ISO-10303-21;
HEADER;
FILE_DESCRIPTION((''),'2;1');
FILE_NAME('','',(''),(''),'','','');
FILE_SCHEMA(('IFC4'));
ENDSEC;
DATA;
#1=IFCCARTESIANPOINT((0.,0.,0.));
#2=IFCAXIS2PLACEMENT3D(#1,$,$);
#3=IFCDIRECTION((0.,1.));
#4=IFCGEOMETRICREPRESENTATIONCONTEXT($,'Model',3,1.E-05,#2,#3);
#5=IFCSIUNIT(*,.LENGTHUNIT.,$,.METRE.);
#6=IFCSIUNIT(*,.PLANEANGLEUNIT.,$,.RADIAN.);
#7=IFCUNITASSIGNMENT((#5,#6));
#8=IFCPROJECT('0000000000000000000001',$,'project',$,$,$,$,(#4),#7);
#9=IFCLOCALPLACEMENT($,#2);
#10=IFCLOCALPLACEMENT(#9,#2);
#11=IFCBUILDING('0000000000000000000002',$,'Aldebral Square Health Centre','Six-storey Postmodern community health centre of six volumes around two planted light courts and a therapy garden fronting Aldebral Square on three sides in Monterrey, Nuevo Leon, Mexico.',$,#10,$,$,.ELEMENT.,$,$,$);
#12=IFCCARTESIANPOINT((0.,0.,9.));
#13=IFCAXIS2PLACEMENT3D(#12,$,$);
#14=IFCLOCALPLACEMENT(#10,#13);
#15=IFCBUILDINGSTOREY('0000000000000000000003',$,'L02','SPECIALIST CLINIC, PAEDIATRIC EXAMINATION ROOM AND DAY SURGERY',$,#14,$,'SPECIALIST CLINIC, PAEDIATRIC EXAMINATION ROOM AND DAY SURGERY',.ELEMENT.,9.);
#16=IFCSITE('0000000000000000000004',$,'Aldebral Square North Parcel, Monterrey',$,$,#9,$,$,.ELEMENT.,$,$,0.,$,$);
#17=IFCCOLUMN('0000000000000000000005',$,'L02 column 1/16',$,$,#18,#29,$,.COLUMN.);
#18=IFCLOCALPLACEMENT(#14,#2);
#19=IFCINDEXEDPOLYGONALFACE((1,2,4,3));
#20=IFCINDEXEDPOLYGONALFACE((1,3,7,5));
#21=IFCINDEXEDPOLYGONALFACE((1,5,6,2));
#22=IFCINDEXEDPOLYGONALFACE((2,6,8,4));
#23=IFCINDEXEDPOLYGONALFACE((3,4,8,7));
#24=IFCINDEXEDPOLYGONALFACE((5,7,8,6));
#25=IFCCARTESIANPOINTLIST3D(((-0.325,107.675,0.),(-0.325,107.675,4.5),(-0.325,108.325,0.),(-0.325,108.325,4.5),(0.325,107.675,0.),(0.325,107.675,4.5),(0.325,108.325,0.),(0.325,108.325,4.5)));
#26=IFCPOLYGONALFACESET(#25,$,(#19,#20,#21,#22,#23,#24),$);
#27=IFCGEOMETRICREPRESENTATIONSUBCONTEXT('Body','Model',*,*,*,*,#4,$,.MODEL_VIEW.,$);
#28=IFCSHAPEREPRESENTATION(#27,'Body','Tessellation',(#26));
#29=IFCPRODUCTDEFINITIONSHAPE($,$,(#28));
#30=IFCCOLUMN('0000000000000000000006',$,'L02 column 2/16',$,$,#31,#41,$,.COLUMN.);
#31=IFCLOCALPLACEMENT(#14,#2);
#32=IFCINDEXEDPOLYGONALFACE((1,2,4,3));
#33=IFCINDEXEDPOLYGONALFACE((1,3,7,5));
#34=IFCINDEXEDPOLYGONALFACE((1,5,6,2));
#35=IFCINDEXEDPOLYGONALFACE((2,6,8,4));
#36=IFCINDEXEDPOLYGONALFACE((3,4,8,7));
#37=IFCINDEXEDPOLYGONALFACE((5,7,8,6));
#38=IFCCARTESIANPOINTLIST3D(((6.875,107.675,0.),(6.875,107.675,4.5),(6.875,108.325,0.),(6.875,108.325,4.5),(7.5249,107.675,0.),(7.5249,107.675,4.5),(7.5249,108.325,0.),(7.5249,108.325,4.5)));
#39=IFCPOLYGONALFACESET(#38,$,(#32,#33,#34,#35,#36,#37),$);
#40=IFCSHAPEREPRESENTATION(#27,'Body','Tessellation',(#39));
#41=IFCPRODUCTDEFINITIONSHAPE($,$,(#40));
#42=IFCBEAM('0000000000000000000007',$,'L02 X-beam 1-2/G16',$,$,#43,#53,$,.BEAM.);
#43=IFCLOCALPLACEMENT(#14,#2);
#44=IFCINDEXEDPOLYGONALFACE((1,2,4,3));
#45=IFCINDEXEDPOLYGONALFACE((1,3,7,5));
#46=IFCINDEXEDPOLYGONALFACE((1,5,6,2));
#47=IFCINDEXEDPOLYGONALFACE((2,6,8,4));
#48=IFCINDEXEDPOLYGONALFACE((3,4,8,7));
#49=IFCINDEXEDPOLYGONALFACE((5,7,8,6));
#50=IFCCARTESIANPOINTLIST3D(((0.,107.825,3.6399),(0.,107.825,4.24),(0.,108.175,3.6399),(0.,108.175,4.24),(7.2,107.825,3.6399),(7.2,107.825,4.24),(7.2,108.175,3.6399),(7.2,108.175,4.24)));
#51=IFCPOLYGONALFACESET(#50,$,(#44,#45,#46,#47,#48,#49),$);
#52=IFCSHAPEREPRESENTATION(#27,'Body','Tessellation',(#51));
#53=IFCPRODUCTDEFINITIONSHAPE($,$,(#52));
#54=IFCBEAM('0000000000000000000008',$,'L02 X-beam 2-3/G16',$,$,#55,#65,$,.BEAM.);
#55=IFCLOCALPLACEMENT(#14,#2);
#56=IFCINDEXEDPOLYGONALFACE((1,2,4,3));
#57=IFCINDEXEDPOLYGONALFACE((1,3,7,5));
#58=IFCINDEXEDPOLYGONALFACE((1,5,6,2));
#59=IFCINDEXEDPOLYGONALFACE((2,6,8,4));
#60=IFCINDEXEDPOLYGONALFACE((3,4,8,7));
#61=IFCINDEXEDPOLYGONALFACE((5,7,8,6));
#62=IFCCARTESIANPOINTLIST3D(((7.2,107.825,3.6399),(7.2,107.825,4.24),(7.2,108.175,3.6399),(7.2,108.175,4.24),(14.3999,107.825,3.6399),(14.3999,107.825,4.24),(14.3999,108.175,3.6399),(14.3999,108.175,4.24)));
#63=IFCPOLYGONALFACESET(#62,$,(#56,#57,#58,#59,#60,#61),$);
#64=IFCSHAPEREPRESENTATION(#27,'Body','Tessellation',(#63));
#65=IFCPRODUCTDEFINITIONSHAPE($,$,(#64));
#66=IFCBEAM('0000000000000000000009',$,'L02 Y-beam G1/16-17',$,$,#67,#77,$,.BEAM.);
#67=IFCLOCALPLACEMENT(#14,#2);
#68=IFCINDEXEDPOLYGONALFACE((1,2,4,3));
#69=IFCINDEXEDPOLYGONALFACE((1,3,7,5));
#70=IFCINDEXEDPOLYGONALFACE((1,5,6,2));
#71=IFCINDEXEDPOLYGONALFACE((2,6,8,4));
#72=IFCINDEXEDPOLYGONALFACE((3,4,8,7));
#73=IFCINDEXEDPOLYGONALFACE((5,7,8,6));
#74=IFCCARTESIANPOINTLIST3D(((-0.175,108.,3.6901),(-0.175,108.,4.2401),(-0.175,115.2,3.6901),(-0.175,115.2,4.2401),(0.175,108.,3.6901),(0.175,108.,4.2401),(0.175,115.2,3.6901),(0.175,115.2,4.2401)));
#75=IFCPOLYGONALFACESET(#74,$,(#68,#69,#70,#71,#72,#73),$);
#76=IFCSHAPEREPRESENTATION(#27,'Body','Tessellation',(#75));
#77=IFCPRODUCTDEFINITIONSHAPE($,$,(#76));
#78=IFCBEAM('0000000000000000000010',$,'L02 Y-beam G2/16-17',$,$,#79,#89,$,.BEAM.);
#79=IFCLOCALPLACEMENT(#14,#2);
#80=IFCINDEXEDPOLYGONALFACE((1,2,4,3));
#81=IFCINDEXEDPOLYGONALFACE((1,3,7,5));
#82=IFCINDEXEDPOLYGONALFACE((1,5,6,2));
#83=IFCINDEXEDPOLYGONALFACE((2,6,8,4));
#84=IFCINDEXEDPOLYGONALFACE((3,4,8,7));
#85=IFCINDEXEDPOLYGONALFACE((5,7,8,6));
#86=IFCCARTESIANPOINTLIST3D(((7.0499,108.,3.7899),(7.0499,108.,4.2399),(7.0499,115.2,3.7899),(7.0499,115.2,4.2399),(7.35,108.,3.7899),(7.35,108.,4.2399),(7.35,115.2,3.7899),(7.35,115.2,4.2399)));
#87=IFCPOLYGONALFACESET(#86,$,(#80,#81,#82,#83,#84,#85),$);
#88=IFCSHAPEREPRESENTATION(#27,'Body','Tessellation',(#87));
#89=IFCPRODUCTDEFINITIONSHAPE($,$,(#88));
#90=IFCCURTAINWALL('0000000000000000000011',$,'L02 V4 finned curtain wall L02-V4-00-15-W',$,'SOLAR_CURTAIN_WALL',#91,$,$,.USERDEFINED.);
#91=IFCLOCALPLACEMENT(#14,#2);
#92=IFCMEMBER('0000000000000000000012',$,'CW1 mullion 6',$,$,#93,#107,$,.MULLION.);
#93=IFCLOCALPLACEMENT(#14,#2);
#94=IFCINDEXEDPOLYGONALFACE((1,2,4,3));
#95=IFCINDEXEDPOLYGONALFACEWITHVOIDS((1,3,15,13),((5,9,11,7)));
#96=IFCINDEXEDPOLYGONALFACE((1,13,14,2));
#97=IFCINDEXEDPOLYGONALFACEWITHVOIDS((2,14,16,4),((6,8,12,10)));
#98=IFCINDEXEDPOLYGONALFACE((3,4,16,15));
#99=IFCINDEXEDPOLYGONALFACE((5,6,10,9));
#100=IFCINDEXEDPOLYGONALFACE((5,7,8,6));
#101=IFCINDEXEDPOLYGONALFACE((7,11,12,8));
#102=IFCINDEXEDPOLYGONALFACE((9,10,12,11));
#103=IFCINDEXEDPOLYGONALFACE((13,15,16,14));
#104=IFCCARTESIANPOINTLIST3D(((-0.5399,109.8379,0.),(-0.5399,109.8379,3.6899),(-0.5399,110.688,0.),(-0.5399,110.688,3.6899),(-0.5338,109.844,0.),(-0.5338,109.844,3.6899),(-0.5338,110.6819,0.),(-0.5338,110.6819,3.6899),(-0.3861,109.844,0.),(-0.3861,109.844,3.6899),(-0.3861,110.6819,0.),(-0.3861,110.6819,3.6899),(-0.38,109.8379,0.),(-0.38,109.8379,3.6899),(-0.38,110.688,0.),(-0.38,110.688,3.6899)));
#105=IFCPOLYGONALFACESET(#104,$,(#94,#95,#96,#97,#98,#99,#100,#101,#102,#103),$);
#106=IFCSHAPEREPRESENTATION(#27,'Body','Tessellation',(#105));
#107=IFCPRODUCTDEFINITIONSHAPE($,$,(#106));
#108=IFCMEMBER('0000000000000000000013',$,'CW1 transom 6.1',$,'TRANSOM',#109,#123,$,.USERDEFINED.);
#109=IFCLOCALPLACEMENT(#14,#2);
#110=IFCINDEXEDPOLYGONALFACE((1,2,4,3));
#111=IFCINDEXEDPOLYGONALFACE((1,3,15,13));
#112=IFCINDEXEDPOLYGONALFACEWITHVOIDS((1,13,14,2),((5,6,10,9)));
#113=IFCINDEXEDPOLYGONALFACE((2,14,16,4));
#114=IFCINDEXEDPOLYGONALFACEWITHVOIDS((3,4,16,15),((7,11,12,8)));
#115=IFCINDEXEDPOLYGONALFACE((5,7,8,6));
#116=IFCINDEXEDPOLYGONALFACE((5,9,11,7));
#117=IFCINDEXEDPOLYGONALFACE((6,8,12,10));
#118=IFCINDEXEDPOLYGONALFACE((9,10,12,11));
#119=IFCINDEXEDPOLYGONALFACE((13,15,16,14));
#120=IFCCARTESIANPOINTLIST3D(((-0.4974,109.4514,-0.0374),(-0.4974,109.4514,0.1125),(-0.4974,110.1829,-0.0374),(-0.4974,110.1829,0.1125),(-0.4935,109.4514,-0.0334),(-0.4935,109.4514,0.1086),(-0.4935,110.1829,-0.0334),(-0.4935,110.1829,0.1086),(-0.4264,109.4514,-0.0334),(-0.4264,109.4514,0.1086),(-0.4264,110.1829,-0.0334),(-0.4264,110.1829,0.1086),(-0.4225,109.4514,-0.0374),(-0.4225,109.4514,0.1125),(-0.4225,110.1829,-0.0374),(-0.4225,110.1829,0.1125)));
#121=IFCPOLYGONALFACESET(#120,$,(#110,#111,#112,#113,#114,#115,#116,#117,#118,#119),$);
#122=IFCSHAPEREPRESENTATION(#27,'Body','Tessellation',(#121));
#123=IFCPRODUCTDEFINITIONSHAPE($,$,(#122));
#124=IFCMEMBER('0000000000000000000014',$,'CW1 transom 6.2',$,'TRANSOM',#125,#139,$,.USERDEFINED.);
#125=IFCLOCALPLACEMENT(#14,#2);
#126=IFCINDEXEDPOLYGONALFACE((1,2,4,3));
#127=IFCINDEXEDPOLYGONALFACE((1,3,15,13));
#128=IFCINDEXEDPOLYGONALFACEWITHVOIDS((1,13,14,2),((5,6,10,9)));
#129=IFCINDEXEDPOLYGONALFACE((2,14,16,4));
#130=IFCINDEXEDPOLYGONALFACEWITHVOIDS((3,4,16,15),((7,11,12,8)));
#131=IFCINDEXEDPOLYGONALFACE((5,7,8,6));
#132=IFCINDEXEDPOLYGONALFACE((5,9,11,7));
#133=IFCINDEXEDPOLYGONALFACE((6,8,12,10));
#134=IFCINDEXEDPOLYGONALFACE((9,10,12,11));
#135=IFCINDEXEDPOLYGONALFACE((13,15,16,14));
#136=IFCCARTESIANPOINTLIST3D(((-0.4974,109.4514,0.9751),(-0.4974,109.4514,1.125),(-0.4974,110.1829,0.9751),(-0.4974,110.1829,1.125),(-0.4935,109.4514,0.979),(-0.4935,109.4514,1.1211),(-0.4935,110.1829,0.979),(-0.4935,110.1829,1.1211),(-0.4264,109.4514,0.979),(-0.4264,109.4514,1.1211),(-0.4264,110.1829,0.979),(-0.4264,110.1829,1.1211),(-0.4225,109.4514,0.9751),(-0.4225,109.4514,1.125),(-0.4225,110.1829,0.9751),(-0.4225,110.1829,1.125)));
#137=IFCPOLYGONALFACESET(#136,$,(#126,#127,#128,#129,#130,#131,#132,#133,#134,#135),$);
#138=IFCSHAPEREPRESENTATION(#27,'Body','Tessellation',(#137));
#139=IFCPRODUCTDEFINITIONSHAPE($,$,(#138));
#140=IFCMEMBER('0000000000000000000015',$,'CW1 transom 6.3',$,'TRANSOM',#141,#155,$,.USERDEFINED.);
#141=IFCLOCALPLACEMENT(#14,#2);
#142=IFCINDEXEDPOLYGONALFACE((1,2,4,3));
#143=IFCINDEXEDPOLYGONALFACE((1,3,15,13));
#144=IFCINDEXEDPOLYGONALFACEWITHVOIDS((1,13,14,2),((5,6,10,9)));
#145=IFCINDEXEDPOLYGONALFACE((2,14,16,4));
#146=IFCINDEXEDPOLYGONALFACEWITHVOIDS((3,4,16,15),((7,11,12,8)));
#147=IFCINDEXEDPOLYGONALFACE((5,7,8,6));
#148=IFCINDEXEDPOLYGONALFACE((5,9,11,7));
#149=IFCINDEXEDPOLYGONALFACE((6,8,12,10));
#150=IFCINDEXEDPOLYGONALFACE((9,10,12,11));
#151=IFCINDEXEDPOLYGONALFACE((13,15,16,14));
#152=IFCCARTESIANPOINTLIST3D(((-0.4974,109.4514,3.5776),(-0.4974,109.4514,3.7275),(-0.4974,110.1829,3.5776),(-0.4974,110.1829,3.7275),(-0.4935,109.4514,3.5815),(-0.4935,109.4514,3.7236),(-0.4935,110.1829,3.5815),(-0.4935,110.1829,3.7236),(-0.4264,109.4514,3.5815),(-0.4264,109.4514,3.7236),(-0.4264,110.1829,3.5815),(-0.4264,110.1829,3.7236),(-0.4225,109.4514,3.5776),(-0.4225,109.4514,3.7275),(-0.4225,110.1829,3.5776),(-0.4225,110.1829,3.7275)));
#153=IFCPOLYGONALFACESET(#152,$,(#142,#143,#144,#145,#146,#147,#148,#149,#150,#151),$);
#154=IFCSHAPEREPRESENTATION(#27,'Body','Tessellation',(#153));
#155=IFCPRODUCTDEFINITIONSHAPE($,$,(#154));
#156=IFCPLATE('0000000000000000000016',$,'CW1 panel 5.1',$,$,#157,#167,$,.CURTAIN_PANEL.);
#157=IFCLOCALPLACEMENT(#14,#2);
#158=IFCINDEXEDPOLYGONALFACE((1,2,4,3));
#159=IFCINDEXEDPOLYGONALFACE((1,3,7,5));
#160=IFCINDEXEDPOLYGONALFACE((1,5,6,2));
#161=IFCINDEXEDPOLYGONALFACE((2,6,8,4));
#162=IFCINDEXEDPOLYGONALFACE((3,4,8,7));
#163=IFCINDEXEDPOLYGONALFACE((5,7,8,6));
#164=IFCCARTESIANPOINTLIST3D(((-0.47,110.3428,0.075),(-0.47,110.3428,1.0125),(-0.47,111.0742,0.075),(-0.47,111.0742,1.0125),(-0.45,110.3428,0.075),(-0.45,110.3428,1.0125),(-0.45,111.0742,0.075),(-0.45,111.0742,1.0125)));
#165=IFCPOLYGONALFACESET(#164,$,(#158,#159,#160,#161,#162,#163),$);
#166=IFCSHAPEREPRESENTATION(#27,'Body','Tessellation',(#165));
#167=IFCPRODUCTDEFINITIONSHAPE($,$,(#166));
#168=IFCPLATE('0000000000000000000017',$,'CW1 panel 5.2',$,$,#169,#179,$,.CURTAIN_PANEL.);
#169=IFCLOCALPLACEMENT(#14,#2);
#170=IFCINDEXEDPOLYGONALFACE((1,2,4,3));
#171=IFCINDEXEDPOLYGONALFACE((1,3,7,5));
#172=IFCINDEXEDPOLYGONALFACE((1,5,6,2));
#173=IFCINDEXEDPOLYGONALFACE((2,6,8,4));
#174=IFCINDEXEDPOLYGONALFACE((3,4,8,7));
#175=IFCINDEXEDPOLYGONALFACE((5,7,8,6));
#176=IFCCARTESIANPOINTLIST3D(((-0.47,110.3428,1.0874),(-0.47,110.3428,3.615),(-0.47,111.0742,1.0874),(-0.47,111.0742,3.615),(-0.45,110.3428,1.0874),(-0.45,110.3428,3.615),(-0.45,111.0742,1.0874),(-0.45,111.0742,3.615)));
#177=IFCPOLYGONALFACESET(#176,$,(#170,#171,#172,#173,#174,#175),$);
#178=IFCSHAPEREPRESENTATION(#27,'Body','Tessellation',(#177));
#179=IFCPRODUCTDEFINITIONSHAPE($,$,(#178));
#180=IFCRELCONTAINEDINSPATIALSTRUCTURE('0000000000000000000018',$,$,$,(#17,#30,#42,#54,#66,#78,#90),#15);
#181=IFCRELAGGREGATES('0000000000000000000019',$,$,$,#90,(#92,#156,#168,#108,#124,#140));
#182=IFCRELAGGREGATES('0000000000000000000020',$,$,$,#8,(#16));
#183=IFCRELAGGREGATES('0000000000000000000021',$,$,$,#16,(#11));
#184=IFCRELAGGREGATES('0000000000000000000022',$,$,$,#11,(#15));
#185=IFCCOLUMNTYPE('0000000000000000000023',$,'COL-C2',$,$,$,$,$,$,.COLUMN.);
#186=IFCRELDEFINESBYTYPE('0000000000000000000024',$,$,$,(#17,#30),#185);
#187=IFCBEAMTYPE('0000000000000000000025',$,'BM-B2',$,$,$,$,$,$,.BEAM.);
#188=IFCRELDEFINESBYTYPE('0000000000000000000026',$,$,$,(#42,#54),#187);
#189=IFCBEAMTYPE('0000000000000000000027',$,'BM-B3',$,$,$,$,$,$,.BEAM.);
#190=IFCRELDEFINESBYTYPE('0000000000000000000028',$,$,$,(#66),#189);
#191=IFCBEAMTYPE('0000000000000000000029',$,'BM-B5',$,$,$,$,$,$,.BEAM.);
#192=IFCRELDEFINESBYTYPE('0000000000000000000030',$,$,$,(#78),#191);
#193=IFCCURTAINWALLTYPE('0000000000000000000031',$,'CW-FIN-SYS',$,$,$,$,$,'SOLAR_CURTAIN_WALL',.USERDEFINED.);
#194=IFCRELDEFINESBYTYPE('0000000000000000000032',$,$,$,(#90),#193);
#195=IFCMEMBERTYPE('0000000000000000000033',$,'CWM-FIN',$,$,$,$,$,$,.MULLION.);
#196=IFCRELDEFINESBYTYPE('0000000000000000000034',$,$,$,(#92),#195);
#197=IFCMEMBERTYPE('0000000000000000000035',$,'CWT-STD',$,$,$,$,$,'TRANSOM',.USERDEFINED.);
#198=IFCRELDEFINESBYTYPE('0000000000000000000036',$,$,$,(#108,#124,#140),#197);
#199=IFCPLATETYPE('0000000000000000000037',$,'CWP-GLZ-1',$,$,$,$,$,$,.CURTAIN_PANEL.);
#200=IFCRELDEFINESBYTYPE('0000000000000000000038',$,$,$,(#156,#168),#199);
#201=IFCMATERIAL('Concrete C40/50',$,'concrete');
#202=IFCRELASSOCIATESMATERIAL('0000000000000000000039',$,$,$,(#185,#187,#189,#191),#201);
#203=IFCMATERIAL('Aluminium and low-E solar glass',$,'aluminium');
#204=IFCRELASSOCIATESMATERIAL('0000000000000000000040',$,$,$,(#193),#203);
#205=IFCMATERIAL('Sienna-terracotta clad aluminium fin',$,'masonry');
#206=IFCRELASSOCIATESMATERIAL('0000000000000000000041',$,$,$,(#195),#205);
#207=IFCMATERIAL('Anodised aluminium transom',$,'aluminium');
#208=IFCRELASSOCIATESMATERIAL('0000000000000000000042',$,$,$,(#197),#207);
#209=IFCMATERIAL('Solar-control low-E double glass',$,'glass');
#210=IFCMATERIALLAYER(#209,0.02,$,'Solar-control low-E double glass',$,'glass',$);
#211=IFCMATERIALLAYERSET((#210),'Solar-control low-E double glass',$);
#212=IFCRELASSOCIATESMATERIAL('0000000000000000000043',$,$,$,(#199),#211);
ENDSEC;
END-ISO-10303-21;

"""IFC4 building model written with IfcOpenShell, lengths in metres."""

from ifc_helpers import new_model, si_unit, direction, frame, origin, origin_2d, place, context, subcontext, project, spatial, rectangle, hollow_rectangle, extrude, material, layer, layer_set, material_profile, profile_set, type_object, element, aggregate, save


model = new_model("IFC4")

# Units and contexts
model_context = context("Model", 3, precision=1e-05, world=origin(), true_north=direction((0.0, 1.0)))
body_context = subcontext(model_context, "Body", "Model", "MODEL_VIEW")
ifc_project = project(units=[si_unit("LENGTHUNIT", "METRE"), si_unit("PLANEANGLEUNIT", "RADIAN")], contexts=[model_context])

# Site, building, storey
site_placement = place(None, origin())
site = spatial("IfcSite", under=ifc_project, at=site_placement, Name="Aldebral Square North Parcel, Monterrey", CompositionType="ELEMENT", RefElevation=0.0)
building_placement = place(site_placement, origin())
building = spatial("IfcBuilding", under=site, at=building_placement, Name="Aldebral Square Health Centre", Description="Six-storey Postmodern community health centre of six volumes around two planted light courts and a therapy garden fronting Aldebral Square on three sides in Monterrey, Nuevo Leon, Mexico.", CompositionType="ELEMENT")
storey_placement = place(building_placement, frame((0.0, 0.0, 9.0)))
storey = spatial("IfcBuildingStorey", under=building, at=storey_placement, Name="L02", Description="SPECIALIST CLINIC, PAEDIATRIC EXAMINATION ROOM AND DAY SURGERY", LongName="SPECIALIST CLINIC, PAEDIATRIC EXAMINATION ROOM AND DAY SURGERY", CompositionType="ELEMENT", Elevation=9.0)

# Columns
ifc_material_1 = material(Name="Concrete C40/50", Category="concrete")
ifc_material_profile_1 = material_profile(ifc_material_1, rectangle(XDim=0.6499, YDim=0.6499, at=origin_2d()), Name="RC 650x650")
ifc_profile_set_1 = profile_set([ifc_material_profile_1], Name="Concrete C40/50")
column_type = type_object("IfcColumnType", Name="COL-C2", PredefinedType="COLUMN", material=ifc_profile_set_1)
for number, where, z_axis, x_axis, name in (
    (1, (0.0, 108.0, 0.0), (0.0, 0.0, 1.0), (1.0, 0.0, 0.0), "L02 column 1/16"),
    (2, (7.2, 108.0, 0.0), (0.0, 0.0, 1.0), (1.0, 0.0, 0.0), "L02 column 2/16"),
):
    element("IfcColumn", number, at=place(storey_placement, frame(where, z_axis=z_axis, x_axis=x_axis)), inside=storey, type_object=column_type, Name=name, PredefinedType="COLUMN", context=body_context, shape_type="SweptSolid", body=[
        extrude(rectangle(XDim=0.6499, YDim=0.6499, at=origin_2d()), origin(), (0.0, 0.0, 1.0), 4.5),
    ])

# Beams
ifc_material_profile_2 = material_profile(ifc_material_1, rectangle(XDim=0.3501, YDim=0.6001, at=origin_2d()), Name="RC 350x600")
ifc_profile_set_2 = profile_set([ifc_material_profile_2], Name="Concrete C40/50")
beam_type_1 = type_object("IfcBeamType", Name="BM-B2", PredefinedType="BEAM", material=ifc_profile_set_2)
for number, where, z_axis, x_axis, name in (
    (3, (0.0, 108.0, 3.9399), (1.0, 0.0, 0.0), (0.0, 1.0, 0.0), "L02 X-beam 1-2/G16"),
    (4, (7.2, 108.0, 3.9399), (1.0, 0.0, 0.0), (0.0, 1.0, 0.0), "L02 X-beam 2-3/G16"),
):
    element("IfcBeam", number, at=place(storey_placement, frame(where, z_axis=z_axis, x_axis=x_axis)), inside=storey, type_object=beam_type_1, Name=name, PredefinedType="BEAM", context=body_context, shape_type="SweptSolid", body=[
        extrude(rectangle(XDim=0.3501, YDim=0.6001, at=origin_2d()), origin(), (0.0, 0.0, 1.0), 7.2),
    ])
ifc_material_profile_3 = material_profile(ifc_material_1, rectangle(XDim=0.3501, YDim=0.55, at=origin_2d()), Name="RC 350x550")
ifc_profile_set_3 = profile_set([ifc_material_profile_3], Name="Concrete C40/50")
beam_type_2 = type_object("IfcBeamType", Name="BM-B3", PredefinedType="BEAM", material=ifc_profile_set_3)
beam_1_placement = place(storey_placement, frame((0.0, 108.0, 3.9651), z_axis=(0.0, 1.0, 0.0), x_axis=(-1.0, 0.0, 0.0)))
element("IfcBeam", 5, at=beam_1_placement, inside=storey, type_object=beam_type_2, Name="L02 Y-beam G1/16-17", PredefinedType="BEAM", context=body_context, shape_type="SweptSolid", body=[
    extrude(rectangle(XDim=0.3501, YDim=0.55, at=origin_2d()), origin(), (0.0, 0.0, 1.0), 7.2),
])
ifc_material_profile_4 = material_profile(ifc_material_1, rectangle(XDim=0.3, YDim=0.45, at=origin_2d()), Name="RC 300x450")
ifc_profile_set_4 = profile_set([ifc_material_profile_4], Name="Concrete C40/50")
beam_type_3 = type_object("IfcBeamType", Name="BM-B5", PredefinedType="BEAM", material=ifc_profile_set_4)
beam_2_placement = place(storey_placement, frame((7.2, 108.0, 4.0149), z_axis=(0.0, 1.0, 0.0), x_axis=(-1.0, 0.0, 0.0)))
element("IfcBeam", 6, at=beam_2_placement, inside=storey, type_object=beam_type_3, Name="L02 Y-beam G2/16-17", PredefinedType="BEAM", context=body_context, shape_type="SweptSolid", body=[
    extrude(rectangle(XDim=0.3, YDim=0.45, at=origin_2d()), origin(), (0.0, 0.0, 1.0), 7.2),
])

# Curtain wall, members, plates
ifc_material_2 = material(Name="Aluminium and low-E solar glass", Category="aluminium")
curtain_wall_type = type_object("IfcCurtainWallType", Name="CW-FIN-SYS", ElementType="SOLAR_CURTAIN_WALL", PredefinedType="USERDEFINED", material=ifc_material_2)
curtain_wall_placement = place(storey_placement, origin())
curtain_wall = element("IfcCurtainWall", 7, at=curtain_wall_placement, inside=storey, type_object=curtain_wall_type, Name="L02 V4 finned curtain wall L02-V4-00-15-W", ObjectType="SOLAR_CURTAIN_WALL", PredefinedType="USERDEFINED")
ifc_material_3 = material(Name="Sienna-terracotta clad aluminium fin", Category="masonry")
ifc_material_profile_5 = material_profile(ifc_material_3, hollow_rectangle(XDim=0.1599, YDim=0.8501, WallThickness=0.0061, at=origin_2d()), Name="FIN 160x850x6")
ifc_profile_set_5 = profile_set([ifc_material_profile_5], Name="Sienna-terracotta clad aluminium fin")
member_type_1 = type_object("IfcMemberType", Name="CWM-FIN", PredefinedType="MULLION", material=ifc_profile_set_5)
member_1_placement = place(storey_placement, frame((-0.46, 110.2629, 0.0), z_axis=(0.0, 0.0, 1.0), x_axis=(1.0, 0.0, 0.0)))
member_1 = element("IfcMember", 8, at=member_1_placement, type_object=member_type_1, Name="CW1 mullion 6", PredefinedType="MULLION", context=body_context, shape_type="SweptSolid", body=[
    extrude(hollow_rectangle(XDim=0.1599, YDim=0.8501, WallThickness=0.0061, at=origin_2d()), origin(), (0.0, 0.0, 1.0), 3.6899),
])
ifc_material_4 = material(Name="Anodised aluminium transom", Category="aluminium")
ifc_material_profile_6 = material_profile(ifc_material_4, hollow_rectangle(XDim=0.075, YDim=0.1499, WallThickness=0.0039, at=origin_2d()), Name="CWT 75x150x4")
ifc_profile_set_6 = profile_set([ifc_material_profile_6], Name="Anodised aluminium transom")
member_type_2 = type_object("IfcMemberType", Name="CWT-STD", ElementType="TRANSOM", PredefinedType="USERDEFINED", material=ifc_profile_set_6)
member_2_placement = place(storey_placement, frame((-0.46, 110.1829, 0.0376), z_axis=(0.0, -1.0, 0.0), x_axis=(1.0, 0.0, 0.0)))
member_2 = element("IfcMember", 9, at=member_2_placement, type_object=member_type_2, Name="CW1 transom 6.1", ObjectType="TRANSOM", PredefinedType="USERDEFINED", context=body_context, shape_type="SweptSolid", body=[
    extrude(hollow_rectangle(XDim=0.075, YDim=0.1499, WallThickness=0.0039, at=origin_2d()), origin(), (0.0, 0.0, 1.0), 0.7314),
])
member_3_placement = place(storey_placement, frame((-0.46, 110.1829, 1.05), z_axis=(0.0, -1.0, 0.0), x_axis=(1.0, 0.0, 0.0)))
member_3 = element("IfcMember", 10, at=member_3_placement, type_object=member_type_2, Name="CW1 transom 6.2", ObjectType="TRANSOM", PredefinedType="USERDEFINED", context=body_context, shape_type="SweptSolid", body=[
    extrude(hollow_rectangle(XDim=0.075, YDim=0.1499, WallThickness=0.0039, at=origin_2d()), origin(), (0.0, 0.0, 1.0), 0.7314),
])
member_4_placement = place(storey_placement, frame((-0.46, 110.1829, 3.6526), z_axis=(0.0, -1.0, 0.0), x_axis=(1.0, 0.0, 0.0)))
member_4 = element("IfcMember", 11, at=member_4_placement, type_object=member_type_2, Name="CW1 transom 6.3", ObjectType="TRANSOM", PredefinedType="USERDEFINED", context=body_context, shape_type="SweptSolid", body=[
    extrude(hollow_rectangle(XDim=0.075, YDim=0.1499, WallThickness=0.0039, at=origin_2d()), origin(), (0.0, 0.0, 1.0), 0.7314),
])
ifc_material_5 = material(Name="Solar-control low-E double glass", Category="glass")
ifc_layer_1 = layer(ifc_material_5, 0.02, Name="Solar-control low-E double glass", Category="glass")
ifc_layer_set_1 = layer_set([ifc_layer_1], Name="Solar-control low-E double glass")
plate_type = type_object("IfcPlateType", Name="CWP-GLZ-1", PredefinedType="CURTAIN_PANEL", material=ifc_layer_set_1)
plate_1_placement = place(storey_placement, frame((-0.46, 110.7085, 0.075), z_axis=(0.0, 0.0, 1.0), x_axis=(0.0, -1.0, 0.0)))
plate_1 = element("IfcPlate", 12, at=plate_1_placement, type_object=plate_type, Name="CW1 panel 5.1", PredefinedType="CURTAIN_PANEL", context=body_context, shape_type="SweptSolid", body=[
    extrude(rectangle(XDim=0.7314, YDim=0.02, at=origin_2d()), origin(), (0.0, 0.0, 1.0), 0.9375),
])
plate_2_placement = place(storey_placement, frame((-0.46, 110.7085, 1.0874), z_axis=(0.0, 0.0, 1.0), x_axis=(0.0, -1.0, 0.0)))
plate_2 = element("IfcPlate", 13, at=plate_2_placement, type_object=plate_type, Name="CW1 panel 5.2", PredefinedType="CURTAIN_PANEL", context=body_context, shape_type="SweptSolid", body=[
    extrude(rectangle(XDim=0.7314, YDim=0.02, at=origin_2d()), origin(), (0.0, 0.0, 1.0), 2.5276),
])
aggregate(curtain_wall, [member_1, plate_1, plate_2, member_2, member_3, member_4])

save(model, "model.ifc")
